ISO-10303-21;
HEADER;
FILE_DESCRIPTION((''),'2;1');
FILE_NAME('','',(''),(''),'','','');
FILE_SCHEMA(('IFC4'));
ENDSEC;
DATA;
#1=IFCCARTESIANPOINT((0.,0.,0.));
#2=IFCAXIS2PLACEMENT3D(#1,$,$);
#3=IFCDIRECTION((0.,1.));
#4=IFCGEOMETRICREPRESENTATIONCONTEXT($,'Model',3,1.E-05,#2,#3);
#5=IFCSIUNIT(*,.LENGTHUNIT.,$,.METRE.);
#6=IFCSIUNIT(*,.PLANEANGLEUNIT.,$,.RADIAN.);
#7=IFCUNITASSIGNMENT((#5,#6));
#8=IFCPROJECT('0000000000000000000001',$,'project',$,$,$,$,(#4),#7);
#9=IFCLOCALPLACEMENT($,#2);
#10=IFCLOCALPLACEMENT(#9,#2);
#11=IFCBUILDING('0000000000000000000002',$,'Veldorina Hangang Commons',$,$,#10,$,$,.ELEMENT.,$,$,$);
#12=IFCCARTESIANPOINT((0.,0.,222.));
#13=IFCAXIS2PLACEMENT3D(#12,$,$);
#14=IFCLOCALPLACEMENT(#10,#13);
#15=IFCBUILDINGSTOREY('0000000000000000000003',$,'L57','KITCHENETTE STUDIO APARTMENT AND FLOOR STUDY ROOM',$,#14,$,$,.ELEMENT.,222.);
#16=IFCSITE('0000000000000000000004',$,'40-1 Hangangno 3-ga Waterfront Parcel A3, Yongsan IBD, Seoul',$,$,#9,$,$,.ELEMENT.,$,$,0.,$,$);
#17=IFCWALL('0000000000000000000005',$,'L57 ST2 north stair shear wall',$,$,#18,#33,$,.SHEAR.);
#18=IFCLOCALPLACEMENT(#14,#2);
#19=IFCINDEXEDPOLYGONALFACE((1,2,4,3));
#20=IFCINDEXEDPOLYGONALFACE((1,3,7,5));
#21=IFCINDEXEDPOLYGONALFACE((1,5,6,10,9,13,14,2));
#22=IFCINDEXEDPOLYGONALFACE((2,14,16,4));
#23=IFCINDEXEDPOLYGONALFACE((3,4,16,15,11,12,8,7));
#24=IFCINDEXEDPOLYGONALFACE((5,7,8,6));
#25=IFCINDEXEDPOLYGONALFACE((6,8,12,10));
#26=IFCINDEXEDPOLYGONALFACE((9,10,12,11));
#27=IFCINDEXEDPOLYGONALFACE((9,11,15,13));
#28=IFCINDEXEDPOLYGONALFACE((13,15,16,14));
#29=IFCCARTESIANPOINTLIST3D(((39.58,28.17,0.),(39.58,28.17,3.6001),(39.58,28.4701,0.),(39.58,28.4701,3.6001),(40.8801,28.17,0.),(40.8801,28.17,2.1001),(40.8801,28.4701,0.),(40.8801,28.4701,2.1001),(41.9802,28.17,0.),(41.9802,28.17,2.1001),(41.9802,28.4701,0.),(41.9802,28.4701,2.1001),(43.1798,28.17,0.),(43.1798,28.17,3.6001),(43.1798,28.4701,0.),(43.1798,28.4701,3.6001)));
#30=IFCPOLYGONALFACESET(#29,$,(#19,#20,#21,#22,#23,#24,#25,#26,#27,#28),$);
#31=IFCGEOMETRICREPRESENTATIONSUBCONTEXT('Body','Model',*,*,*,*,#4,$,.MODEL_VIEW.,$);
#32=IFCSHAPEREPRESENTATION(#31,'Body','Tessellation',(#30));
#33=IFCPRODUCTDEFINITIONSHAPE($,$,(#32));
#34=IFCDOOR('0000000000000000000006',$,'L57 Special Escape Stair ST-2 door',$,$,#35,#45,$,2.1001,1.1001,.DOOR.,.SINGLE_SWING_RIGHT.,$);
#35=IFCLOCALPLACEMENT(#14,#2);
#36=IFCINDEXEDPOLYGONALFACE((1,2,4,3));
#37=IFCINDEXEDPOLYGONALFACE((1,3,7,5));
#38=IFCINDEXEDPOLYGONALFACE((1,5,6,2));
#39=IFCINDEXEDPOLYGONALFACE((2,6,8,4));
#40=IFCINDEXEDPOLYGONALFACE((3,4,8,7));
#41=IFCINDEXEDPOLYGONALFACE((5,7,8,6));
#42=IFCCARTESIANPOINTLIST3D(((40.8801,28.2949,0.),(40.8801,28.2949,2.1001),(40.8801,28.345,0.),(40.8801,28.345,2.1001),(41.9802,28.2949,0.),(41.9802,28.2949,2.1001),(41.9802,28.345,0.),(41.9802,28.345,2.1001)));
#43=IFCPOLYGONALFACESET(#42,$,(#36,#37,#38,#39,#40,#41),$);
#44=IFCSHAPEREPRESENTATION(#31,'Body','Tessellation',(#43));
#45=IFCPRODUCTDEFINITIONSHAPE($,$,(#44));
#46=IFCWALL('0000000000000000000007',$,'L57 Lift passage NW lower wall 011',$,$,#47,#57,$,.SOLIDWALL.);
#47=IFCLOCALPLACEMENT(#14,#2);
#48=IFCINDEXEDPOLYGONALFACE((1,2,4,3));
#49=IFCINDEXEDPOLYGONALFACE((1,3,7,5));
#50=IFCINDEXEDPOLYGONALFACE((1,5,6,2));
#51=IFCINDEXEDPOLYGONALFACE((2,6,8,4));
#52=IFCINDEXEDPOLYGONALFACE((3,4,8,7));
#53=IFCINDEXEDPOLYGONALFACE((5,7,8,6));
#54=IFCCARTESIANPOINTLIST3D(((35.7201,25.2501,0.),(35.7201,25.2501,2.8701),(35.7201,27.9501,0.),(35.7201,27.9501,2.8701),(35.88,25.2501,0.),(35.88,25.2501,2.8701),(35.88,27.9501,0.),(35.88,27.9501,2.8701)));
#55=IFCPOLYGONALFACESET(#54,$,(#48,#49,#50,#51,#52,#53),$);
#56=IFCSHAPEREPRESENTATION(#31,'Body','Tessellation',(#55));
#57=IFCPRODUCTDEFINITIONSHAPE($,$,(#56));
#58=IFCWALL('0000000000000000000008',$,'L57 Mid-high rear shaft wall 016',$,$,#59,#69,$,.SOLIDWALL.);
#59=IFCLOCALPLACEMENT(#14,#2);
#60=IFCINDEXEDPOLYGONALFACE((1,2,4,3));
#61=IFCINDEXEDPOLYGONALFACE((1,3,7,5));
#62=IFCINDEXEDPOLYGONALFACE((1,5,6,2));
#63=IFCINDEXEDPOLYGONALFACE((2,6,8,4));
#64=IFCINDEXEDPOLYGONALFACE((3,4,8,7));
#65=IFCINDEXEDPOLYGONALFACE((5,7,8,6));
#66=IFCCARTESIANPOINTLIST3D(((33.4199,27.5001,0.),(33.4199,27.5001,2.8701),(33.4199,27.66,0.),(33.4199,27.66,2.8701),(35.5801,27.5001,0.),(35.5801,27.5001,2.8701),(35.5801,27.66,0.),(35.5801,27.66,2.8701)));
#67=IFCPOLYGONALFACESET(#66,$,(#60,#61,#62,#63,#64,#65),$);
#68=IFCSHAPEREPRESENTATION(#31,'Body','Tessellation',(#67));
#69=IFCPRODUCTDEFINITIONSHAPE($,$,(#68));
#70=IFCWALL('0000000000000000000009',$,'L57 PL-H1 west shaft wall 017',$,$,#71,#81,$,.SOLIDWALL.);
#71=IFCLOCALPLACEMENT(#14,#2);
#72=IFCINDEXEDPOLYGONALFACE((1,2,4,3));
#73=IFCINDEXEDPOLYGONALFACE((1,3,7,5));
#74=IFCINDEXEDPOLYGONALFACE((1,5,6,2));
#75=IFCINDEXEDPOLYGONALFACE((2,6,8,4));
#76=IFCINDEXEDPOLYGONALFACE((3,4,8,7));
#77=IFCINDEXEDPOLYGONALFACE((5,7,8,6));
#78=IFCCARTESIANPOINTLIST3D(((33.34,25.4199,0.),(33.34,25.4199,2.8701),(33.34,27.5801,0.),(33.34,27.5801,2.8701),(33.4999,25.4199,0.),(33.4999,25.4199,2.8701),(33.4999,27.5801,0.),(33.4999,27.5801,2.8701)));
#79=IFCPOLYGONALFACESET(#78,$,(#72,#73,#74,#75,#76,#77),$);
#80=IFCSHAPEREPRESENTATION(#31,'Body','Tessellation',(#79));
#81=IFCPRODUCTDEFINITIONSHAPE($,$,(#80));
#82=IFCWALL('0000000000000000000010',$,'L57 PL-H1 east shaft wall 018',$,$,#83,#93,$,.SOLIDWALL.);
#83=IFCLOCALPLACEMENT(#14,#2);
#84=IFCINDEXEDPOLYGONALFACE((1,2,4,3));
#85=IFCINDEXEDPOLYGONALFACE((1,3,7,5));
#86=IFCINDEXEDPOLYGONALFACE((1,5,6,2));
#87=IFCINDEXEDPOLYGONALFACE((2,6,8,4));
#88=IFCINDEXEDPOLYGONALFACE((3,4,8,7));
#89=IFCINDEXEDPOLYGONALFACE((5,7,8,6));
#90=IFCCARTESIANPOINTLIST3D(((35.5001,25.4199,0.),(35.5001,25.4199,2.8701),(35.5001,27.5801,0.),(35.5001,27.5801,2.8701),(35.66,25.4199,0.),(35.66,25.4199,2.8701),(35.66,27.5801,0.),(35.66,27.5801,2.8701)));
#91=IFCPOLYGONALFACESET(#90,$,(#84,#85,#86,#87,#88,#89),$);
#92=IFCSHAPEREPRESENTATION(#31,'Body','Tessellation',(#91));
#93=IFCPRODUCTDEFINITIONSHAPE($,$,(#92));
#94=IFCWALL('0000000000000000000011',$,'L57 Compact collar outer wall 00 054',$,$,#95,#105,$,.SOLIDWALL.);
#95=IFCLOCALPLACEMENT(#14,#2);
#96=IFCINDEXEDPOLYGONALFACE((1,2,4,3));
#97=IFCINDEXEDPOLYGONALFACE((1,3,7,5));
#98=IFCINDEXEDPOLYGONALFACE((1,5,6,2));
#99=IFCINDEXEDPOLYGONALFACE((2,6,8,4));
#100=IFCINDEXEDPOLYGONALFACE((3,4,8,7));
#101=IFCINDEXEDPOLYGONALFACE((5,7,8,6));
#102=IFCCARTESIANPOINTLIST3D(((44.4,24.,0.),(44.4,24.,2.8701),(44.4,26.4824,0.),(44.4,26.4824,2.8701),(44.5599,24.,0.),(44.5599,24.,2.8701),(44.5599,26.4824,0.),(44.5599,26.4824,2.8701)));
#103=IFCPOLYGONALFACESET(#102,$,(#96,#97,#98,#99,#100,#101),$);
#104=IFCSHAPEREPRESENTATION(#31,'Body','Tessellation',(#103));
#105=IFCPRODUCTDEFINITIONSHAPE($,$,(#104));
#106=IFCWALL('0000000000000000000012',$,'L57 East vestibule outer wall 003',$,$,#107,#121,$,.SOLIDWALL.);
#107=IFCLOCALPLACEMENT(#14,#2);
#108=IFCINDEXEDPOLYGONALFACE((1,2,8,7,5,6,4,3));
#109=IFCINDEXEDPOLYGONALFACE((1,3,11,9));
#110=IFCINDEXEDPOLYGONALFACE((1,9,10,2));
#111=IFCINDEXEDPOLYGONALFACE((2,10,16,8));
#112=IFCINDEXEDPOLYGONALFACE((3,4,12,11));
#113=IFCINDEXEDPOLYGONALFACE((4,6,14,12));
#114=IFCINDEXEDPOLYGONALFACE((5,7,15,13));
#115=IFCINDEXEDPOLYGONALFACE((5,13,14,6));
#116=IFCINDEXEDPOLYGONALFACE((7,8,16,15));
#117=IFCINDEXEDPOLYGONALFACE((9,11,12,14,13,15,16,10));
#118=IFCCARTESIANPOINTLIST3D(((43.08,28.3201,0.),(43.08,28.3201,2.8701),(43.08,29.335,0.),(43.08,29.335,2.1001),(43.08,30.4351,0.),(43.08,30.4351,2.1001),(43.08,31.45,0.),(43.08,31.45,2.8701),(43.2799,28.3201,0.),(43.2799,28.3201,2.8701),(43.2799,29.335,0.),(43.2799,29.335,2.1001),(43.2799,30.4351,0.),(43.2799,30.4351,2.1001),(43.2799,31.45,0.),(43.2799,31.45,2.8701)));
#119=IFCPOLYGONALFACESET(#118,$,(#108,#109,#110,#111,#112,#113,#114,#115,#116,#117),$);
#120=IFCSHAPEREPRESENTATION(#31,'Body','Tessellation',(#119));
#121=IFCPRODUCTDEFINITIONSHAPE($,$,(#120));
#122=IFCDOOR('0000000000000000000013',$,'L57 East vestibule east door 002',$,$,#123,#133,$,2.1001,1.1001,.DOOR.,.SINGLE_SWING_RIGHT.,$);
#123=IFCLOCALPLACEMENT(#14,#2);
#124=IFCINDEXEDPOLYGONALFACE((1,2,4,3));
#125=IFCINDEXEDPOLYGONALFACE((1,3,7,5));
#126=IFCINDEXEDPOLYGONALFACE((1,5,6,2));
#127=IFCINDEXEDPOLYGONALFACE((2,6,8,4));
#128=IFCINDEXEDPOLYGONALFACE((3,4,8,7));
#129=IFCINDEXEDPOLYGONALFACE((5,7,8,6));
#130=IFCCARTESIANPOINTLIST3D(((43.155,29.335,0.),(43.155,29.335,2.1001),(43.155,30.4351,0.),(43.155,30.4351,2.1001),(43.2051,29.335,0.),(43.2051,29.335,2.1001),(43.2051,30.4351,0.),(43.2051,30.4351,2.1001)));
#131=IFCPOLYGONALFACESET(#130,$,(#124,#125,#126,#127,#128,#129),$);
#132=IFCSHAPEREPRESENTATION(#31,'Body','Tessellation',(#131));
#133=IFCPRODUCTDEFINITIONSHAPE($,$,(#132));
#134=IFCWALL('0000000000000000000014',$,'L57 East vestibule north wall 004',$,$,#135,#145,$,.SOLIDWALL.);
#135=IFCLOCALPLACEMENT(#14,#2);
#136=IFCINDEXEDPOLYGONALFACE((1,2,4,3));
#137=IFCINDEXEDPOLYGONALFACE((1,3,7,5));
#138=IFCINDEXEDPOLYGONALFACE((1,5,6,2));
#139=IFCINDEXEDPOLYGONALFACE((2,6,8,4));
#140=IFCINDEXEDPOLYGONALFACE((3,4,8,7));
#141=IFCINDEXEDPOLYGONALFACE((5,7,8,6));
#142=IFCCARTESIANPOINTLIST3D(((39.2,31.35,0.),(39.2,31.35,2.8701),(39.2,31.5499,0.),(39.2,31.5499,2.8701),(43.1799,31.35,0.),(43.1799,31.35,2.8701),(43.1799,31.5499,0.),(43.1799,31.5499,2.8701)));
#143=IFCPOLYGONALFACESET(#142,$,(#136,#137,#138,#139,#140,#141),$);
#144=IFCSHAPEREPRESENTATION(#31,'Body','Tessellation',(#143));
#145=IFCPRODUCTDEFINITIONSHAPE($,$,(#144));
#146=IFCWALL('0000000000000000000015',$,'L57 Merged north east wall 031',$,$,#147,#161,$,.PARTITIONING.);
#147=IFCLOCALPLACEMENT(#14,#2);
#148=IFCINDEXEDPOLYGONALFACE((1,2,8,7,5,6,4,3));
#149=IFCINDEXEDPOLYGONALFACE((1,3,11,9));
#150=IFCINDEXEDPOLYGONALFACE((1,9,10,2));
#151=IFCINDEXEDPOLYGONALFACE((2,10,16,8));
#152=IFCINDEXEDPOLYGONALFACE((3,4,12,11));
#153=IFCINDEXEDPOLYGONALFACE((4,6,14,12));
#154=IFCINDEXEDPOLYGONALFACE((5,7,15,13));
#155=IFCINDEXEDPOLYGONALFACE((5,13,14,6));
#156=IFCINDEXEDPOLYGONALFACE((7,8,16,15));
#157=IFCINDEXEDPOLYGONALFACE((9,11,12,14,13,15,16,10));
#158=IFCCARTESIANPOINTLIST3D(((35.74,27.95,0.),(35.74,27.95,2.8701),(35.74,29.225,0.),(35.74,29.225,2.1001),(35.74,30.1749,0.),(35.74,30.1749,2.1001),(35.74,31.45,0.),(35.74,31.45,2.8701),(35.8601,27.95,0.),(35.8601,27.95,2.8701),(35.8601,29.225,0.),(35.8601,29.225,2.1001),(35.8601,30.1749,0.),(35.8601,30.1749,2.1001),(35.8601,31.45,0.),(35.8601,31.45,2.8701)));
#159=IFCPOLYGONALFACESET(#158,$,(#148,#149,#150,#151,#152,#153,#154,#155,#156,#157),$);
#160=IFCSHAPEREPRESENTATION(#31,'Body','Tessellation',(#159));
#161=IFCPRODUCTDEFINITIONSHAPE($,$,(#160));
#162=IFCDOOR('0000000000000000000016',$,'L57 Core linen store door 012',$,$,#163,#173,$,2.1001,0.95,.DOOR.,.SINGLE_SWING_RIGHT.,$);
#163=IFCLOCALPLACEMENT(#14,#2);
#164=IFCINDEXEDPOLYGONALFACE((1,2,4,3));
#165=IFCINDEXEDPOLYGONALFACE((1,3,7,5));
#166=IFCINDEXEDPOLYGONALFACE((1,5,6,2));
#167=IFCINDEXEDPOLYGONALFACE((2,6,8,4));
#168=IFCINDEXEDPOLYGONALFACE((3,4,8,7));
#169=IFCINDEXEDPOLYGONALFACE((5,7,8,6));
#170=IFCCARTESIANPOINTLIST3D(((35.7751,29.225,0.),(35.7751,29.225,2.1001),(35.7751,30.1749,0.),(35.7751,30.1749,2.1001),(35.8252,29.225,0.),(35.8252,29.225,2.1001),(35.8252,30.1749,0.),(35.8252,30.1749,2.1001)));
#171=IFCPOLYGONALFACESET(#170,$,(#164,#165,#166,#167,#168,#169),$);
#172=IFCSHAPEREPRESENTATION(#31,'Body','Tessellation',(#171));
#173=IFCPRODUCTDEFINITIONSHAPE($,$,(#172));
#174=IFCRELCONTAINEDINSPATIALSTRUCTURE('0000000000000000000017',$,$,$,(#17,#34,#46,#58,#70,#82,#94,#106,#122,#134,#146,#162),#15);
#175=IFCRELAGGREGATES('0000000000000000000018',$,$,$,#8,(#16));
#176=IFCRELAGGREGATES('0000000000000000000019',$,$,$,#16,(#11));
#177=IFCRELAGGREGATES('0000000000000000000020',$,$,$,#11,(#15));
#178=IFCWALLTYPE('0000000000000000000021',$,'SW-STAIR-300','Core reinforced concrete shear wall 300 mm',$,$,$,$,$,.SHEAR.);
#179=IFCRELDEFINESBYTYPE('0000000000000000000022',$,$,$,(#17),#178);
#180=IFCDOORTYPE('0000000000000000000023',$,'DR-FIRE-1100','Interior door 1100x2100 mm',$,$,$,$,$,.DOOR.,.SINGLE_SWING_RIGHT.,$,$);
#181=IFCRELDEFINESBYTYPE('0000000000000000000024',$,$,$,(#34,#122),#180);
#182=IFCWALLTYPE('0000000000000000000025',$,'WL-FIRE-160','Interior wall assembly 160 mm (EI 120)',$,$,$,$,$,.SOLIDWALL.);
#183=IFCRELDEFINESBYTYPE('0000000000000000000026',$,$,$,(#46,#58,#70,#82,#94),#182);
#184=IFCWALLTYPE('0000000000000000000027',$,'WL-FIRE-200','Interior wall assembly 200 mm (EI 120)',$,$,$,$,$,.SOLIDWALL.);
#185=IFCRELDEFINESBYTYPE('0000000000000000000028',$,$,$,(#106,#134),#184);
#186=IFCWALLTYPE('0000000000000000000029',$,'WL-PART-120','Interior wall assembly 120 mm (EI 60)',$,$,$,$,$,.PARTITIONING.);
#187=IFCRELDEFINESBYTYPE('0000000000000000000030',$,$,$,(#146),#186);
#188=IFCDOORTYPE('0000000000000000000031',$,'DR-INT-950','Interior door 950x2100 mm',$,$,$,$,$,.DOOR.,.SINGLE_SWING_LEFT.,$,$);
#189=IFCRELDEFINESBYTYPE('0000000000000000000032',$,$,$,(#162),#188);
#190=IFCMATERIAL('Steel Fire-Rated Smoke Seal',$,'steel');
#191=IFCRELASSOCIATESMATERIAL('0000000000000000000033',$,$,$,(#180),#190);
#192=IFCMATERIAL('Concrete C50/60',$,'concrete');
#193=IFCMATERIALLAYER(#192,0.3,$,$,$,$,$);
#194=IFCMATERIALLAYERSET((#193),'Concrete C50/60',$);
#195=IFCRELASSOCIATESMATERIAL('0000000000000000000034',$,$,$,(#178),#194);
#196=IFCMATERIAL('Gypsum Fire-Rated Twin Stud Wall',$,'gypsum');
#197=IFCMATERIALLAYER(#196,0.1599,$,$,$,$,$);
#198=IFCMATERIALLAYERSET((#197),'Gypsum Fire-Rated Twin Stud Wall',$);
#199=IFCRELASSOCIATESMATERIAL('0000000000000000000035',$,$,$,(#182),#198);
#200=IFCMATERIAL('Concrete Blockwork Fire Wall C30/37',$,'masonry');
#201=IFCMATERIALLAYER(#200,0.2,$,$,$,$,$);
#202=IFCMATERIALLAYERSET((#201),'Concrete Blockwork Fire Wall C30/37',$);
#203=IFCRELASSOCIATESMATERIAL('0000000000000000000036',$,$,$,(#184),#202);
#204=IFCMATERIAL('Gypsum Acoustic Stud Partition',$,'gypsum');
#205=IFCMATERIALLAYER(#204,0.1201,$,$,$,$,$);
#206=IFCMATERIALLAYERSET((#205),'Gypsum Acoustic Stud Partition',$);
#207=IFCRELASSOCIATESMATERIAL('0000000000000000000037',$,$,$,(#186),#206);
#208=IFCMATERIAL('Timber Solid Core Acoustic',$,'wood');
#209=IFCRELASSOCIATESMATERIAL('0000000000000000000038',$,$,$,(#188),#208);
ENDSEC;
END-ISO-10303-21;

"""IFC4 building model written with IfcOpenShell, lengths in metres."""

from ifc_helpers import new_model, si_unit, direction, frame, frame_2d, origin, place, context, subcontext, project, spatial, rectangle, extrude, material, layer, layer_set, type_object, element, fill, save


model = new_model("IFC4")

# Units and contexts
model_context = context("Model", 3, precision=1e-05, world=origin(), true_north=direction((0.0, 1.0)))
body_context = subcontext(model_context, "Body", "Model", "MODEL_VIEW")
ifc_project = project(units=[si_unit("LENGTHUNIT", "METRE"), si_unit("PLANEANGLEUNIT", "RADIAN")], contexts=[model_context])

# Site, building, storey
site_placement = place(None, origin())
site = spatial("IfcSite", under=ifc_project, at=site_placement, Name="40-1 Hangangno 3-ga Waterfront Parcel A3, Yongsan IBD, Seoul", CompositionType="ELEMENT", RefElevation=0.0)
building_placement = place(site_placement, origin())
building = spatial("IfcBuilding", under=site, at=building_placement, Name="Veldorina Hangang Commons", CompositionType="ELEMENT")
storey_placement = place(building_placement, frame((0.0, 0.0, 222.0)))
storey = spatial("IfcBuildingStorey", under=building, at=storey_placement, Name="L57", Description="KITCHENETTE STUDIO APARTMENT AND FLOOR STUDY ROOM", CompositionType="ELEMENT", Elevation=222.0)

# Shared definitions
ifc_material_1 = material(Name="Concrete C50/60", Category="concrete")

# Wall, opening, door
ifc_material_2 = material(Name="Steel Fire-Rated Smoke Seal", Category="steel")
door_type_1 = type_object("IfcDoorType", Name="DR-FIRE-1100", Description="Interior door 1100x2100 mm", OperationType="SINGLE_SWING_RIGHT", PredefinedType="DOOR", material=ifc_material_2)
ifc_layer_1 = layer(ifc_material_1, 0.3)
ifc_layer_set_1 = layer_set([ifc_layer_1], Name="Concrete C50/60")
wall_type_1 = type_object("IfcWallType", Name="SW-STAIR-300", Description="Core reinforced concrete shear wall 300 mm", PredefinedType="SHEAR", material=ifc_layer_set_1)
wall_1_placement = place(storey_placement, frame((39.5801, 28.3201, 0.0), z_axis=(0.0, 0.0, 1.0), x_axis=(1.0, 0.0, 0.0)))
wall_1 = element("IfcWall", 1, at=wall_1_placement, inside=storey, type_object=wall_type_1, Name="L57 ST2 north stair shear wall", PredefinedType="SHEAR", context=body_context, shape_type="SweptSolid", body=[
    extrude(rectangle(XDim=3.5999, YDim=0.3, at=frame_2d((1.7998, 0.0))), origin(), (0.0, 0.0, 1.0), 3.6001),
])
opening_1_placement = place(wall_1_placement, frame((1.3, 0.0, 0.0)))
opening_1 = element("IfcOpeningElement", 2, at=opening_1_placement, cuts=wall_1, PredefinedType="OPENING", context=body_context, shape_type="SweptSolid", body=[
    extrude(rectangle(XDim=1.1001, YDim=2.1001, at=frame_2d((0.55, 1.05))), frame((0.0, 0.1602, 0.0), z_axis=(0.0, -1.0, 0.0), x_axis=(1.0, 0.0, 0.0)), (0.0, 0.0, 1.0), 0.3201),
])
door_1_placement = place(opening_1_placement, origin())
door_1 = element("IfcDoor", 3, at=door_1_placement, inside=storey, type_object=door_type_1, Name="L57 Special Escape Stair ST-2 door", OperationType="SINGLE_SWING_RIGHT", OverallHeight=2.1001, OverallWidth=1.1001, PredefinedType="DOOR", context=body_context, shape_type="SweptSolid", body=[
    extrude(rectangle(XDim=1.1001, YDim=2.1001, at=frame_2d((0.55, 1.05))), frame((0.0, 0.0249, 0.0), z_axis=(0.0, -1.0, 0.0), x_axis=(1.0, 0.0, 0.0)), (0.0, 0.0, 1.0), 0.05),
])
fill(opening_1, door_1)

# Wall
ifc_material_3 = material(Name="Gypsum Fire-Rated Twin Stud Wall", Category="gypsum")
ifc_layer_2 = layer(ifc_material_3, 0.1599)
ifc_layer_set_2 = layer_set([ifc_layer_2], Name="Gypsum Fire-Rated Twin Stud Wall")
wall_type_2 = type_object("IfcWallType", Name="WL-FIRE-160", Description="Interior wall assembly 160 mm (EI 120)", PredefinedType="SOLIDWALL", material=ifc_layer_set_2)
wall_2_placement = place(storey_placement, frame((35.8, 25.25, 0.0), z_axis=(0.0, 0.0, 1.0), x_axis=(0.0, 1.0, 0.0)))
element("IfcWall", 4, at=wall_2_placement, inside=storey, type_object=wall_type_2, Name="L57 Lift passage NW lower wall 011", PredefinedType="SOLIDWALL", context=body_context, shape_type="SweptSolid", body=[
    extrude(rectangle(XDim=2.7, YDim=0.1599, at=frame_2d((1.3501, 0.0))), origin(), (0.0, 0.0, 1.0), 2.8701),
])

# Walls
for number, where, z_axis, x_axis, name in (
    (5, (33.4199, 27.5801, 0.0), (0.0, 0.0, 1.0), (1.0, 0.0, 0.0), "L57 Mid-high rear shaft wall 016"),
    (6, (33.4199, 25.4199, 0.0), (0.0, 0.0, 1.0), (0.0, 1.0, 0.0), "L57 PL-H1 west shaft wall 017"),
    (7, (35.5801, 25.4199, 0.0), (0.0, 0.0, 1.0), (0.0, 1.0, 0.0), "L57 PL-H1 east shaft wall 018"),
):
    element("IfcWall", number, at=place(storey_placement, frame(where, z_axis=z_axis, x_axis=x_axis)), inside=storey, type_object=wall_type_2, Name=name, PredefinedType="SOLIDWALL", context=body_context, shape_type="SweptSolid", body=[
        extrude(rectangle(XDim=2.1602, YDim=0.1599, at=frame_2d((1.0801, 0.0))), origin(), (0.0, 0.0, 1.0), 2.8701),
    ])
wall_3_placement = place(storey_placement, frame((44.48, 24.0, 0.0), z_axis=(0.0, 0.0, 1.0), x_axis=(0.0, 1.0, 0.0)))
element("IfcWall", 8, at=wall_3_placement, inside=storey, type_object=wall_type_2, Name="L57 Compact collar outer wall 00 054", PredefinedType="SOLIDWALL", context=body_context, shape_type="SweptSolid", body=[
    extrude(rectangle(XDim=2.4824, YDim=0.1599, at=frame_2d((1.2412, 0.0))), origin(), (0.0, 0.0, 1.0), 2.8701),
])

# Wall, opening, door
ifc_material_4 = material(Name="Concrete Blockwork Fire Wall C30/37", Category="masonry")
ifc_layer_3 = layer(ifc_material_4, 0.2)
ifc_layer_set_3 = layer_set([ifc_layer_3], Name="Concrete Blockwork Fire Wall C30/37")
wall_type_3 = type_object("IfcWallType", Name="WL-FIRE-200", Description="Interior wall assembly 200 mm (EI 120)", PredefinedType="SOLIDWALL", material=ifc_layer_set_3)
wall_4_placement = place(storey_placement, frame((43.1799, 28.3201, 0.0), z_axis=(0.0, 0.0, 1.0), x_axis=(0.0, 1.0, 0.0)))
wall_4 = element("IfcWall", 9, at=wall_4_placement, inside=storey, type_object=wall_type_3, Name="L57 East vestibule outer wall 003", PredefinedType="SOLIDWALL", context=body_context, shape_type="SweptSolid", body=[
    extrude(rectangle(XDim=3.1299, YDim=0.2, at=frame_2d((1.5649, 0.0))), origin(), (0.0, 0.0, 1.0), 2.8701),
])
opening_2_placement = place(wall_4_placement, frame((1.0149, 0.0, 0.0)))
opening_2 = element("IfcOpeningElement", 10, at=opening_2_placement, cuts=wall_4, PredefinedType="OPENING", context=body_context, shape_type="SweptSolid", body=[
    extrude(rectangle(XDim=1.1001, YDim=2.1001, at=frame_2d((0.55, 1.05))), frame((0.0, 0.1099, 0.0), z_axis=(0.0, -1.0, 0.0), x_axis=(1.0, 0.0, 0.0)), (0.0, 0.0, 1.0), 0.22),
])
door_2_placement = place(opening_2_placement, origin())
door_2 = element("IfcDoor", 11, at=door_2_placement, inside=storey, type_object=door_type_1, Name="L57 East vestibule east door 002", OperationType="SINGLE_SWING_RIGHT", OverallHeight=2.1001, OverallWidth=1.1001, PredefinedType="DOOR", context=body_context, shape_type="SweptSolid", body=[
    extrude(rectangle(XDim=1.1001, YDim=2.1001, at=frame_2d((0.55, 1.05))), frame((0.0, 0.0249, 0.0), z_axis=(0.0, -1.0, 0.0), x_axis=(1.0, 0.0, 0.0)), (0.0, 0.0, 1.0), 0.05),
])
fill(opening_2, door_2)

# Wall
wall_5_placement = place(storey_placement, frame((39.2, 31.45, 0.0), z_axis=(0.0, 0.0, 1.0), x_axis=(1.0, 0.0, 0.0)))
element("IfcWall", 12, at=wall_5_placement, inside=storey, type_object=wall_type_3, Name="L57 East vestibule north wall 004", PredefinedType="SOLIDWALL", context=body_context, shape_type="SweptSolid", body=[
    extrude(rectangle(XDim=3.98, YDim=0.2, at=frame_2d((1.99, 0.0))), origin(), (0.0, 0.0, 1.0), 2.8701),
])

# Wall, opening, door
ifc_material_5 = material(Name="Gypsum Acoustic Stud Partition", Category="gypsum")
ifc_layer_4 = layer(ifc_material_5, 0.1201)
ifc_layer_set_4 = layer_set([ifc_layer_4], Name="Gypsum Acoustic Stud Partition")
wall_type_4 = type_object("IfcWallType", Name="WL-PART-120", Description="Interior wall assembly 120 mm (EI 60)", PredefinedType="PARTITIONING", material=ifc_layer_set_4)
wall_6_placement = place(storey_placement, frame((35.8, 27.95, 0.0), z_axis=(0.0, 0.0, 1.0), x_axis=(0.0, 1.0, 0.0)))
wall_6 = element("IfcWall", 13, at=wall_6_placement, inside=storey, type_object=wall_type_4, Name="L57 Merged north east wall 031", PredefinedType="PARTITIONING", context=body_context, shape_type="SweptSolid", body=[
    extrude(rectangle(XDim=3.5, YDim=0.1201, at=frame_2d((1.75, 0.0))), origin(), (0.0, 0.0, 1.0), 2.8701),
])
opening_3_placement = place(wall_6_placement, frame((1.2749, 0.0, 0.0)))
opening_3 = element("IfcOpeningElement", 14, at=opening_3_placement, cuts=wall_6, PredefinedType="OPENING", context=body_context, shape_type="SweptSolid", body=[
    extrude(rectangle(XDim=0.95, YDim=2.1001, at=frame_2d((0.4751, 1.05))), frame((0.0, 0.0701, 0.0), z_axis=(0.0, -1.0, 0.0), x_axis=(1.0, 0.0, 0.0)), (0.0, 0.0, 1.0), 0.1401),
])
ifc_material_6 = material(Name="Timber Solid Core Acoustic", Category="wood")
door_type_2 = type_object("IfcDoorType", Name="DR-INT-950", Description="Interior door 950x2100 mm", OperationType="SINGLE_SWING_LEFT", PredefinedType="DOOR", material=ifc_material_6)
door_3_placement = place(opening_3_placement, origin())
door_3 = element("IfcDoor", 15, at=door_3_placement, inside=storey, type_object=door_type_2, Name="L57 Core linen store door 012", OperationType="SINGLE_SWING_RIGHT", OverallHeight=2.1001, OverallWidth=0.95, PredefinedType="DOOR", context=body_context, shape_type="SweptSolid", body=[
    extrude(rectangle(XDim=0.95, YDim=2.1001, at=frame_2d((0.4751, 1.05))), frame((0.0, 0.0249, 0.0), z_axis=(0.0, -1.0, 0.0), x_axis=(1.0, 0.0, 0.0)), (0.0, 0.0, 1.0), 0.05),
])
fill(opening_3, door_3)

save(model, "model.ifc")
